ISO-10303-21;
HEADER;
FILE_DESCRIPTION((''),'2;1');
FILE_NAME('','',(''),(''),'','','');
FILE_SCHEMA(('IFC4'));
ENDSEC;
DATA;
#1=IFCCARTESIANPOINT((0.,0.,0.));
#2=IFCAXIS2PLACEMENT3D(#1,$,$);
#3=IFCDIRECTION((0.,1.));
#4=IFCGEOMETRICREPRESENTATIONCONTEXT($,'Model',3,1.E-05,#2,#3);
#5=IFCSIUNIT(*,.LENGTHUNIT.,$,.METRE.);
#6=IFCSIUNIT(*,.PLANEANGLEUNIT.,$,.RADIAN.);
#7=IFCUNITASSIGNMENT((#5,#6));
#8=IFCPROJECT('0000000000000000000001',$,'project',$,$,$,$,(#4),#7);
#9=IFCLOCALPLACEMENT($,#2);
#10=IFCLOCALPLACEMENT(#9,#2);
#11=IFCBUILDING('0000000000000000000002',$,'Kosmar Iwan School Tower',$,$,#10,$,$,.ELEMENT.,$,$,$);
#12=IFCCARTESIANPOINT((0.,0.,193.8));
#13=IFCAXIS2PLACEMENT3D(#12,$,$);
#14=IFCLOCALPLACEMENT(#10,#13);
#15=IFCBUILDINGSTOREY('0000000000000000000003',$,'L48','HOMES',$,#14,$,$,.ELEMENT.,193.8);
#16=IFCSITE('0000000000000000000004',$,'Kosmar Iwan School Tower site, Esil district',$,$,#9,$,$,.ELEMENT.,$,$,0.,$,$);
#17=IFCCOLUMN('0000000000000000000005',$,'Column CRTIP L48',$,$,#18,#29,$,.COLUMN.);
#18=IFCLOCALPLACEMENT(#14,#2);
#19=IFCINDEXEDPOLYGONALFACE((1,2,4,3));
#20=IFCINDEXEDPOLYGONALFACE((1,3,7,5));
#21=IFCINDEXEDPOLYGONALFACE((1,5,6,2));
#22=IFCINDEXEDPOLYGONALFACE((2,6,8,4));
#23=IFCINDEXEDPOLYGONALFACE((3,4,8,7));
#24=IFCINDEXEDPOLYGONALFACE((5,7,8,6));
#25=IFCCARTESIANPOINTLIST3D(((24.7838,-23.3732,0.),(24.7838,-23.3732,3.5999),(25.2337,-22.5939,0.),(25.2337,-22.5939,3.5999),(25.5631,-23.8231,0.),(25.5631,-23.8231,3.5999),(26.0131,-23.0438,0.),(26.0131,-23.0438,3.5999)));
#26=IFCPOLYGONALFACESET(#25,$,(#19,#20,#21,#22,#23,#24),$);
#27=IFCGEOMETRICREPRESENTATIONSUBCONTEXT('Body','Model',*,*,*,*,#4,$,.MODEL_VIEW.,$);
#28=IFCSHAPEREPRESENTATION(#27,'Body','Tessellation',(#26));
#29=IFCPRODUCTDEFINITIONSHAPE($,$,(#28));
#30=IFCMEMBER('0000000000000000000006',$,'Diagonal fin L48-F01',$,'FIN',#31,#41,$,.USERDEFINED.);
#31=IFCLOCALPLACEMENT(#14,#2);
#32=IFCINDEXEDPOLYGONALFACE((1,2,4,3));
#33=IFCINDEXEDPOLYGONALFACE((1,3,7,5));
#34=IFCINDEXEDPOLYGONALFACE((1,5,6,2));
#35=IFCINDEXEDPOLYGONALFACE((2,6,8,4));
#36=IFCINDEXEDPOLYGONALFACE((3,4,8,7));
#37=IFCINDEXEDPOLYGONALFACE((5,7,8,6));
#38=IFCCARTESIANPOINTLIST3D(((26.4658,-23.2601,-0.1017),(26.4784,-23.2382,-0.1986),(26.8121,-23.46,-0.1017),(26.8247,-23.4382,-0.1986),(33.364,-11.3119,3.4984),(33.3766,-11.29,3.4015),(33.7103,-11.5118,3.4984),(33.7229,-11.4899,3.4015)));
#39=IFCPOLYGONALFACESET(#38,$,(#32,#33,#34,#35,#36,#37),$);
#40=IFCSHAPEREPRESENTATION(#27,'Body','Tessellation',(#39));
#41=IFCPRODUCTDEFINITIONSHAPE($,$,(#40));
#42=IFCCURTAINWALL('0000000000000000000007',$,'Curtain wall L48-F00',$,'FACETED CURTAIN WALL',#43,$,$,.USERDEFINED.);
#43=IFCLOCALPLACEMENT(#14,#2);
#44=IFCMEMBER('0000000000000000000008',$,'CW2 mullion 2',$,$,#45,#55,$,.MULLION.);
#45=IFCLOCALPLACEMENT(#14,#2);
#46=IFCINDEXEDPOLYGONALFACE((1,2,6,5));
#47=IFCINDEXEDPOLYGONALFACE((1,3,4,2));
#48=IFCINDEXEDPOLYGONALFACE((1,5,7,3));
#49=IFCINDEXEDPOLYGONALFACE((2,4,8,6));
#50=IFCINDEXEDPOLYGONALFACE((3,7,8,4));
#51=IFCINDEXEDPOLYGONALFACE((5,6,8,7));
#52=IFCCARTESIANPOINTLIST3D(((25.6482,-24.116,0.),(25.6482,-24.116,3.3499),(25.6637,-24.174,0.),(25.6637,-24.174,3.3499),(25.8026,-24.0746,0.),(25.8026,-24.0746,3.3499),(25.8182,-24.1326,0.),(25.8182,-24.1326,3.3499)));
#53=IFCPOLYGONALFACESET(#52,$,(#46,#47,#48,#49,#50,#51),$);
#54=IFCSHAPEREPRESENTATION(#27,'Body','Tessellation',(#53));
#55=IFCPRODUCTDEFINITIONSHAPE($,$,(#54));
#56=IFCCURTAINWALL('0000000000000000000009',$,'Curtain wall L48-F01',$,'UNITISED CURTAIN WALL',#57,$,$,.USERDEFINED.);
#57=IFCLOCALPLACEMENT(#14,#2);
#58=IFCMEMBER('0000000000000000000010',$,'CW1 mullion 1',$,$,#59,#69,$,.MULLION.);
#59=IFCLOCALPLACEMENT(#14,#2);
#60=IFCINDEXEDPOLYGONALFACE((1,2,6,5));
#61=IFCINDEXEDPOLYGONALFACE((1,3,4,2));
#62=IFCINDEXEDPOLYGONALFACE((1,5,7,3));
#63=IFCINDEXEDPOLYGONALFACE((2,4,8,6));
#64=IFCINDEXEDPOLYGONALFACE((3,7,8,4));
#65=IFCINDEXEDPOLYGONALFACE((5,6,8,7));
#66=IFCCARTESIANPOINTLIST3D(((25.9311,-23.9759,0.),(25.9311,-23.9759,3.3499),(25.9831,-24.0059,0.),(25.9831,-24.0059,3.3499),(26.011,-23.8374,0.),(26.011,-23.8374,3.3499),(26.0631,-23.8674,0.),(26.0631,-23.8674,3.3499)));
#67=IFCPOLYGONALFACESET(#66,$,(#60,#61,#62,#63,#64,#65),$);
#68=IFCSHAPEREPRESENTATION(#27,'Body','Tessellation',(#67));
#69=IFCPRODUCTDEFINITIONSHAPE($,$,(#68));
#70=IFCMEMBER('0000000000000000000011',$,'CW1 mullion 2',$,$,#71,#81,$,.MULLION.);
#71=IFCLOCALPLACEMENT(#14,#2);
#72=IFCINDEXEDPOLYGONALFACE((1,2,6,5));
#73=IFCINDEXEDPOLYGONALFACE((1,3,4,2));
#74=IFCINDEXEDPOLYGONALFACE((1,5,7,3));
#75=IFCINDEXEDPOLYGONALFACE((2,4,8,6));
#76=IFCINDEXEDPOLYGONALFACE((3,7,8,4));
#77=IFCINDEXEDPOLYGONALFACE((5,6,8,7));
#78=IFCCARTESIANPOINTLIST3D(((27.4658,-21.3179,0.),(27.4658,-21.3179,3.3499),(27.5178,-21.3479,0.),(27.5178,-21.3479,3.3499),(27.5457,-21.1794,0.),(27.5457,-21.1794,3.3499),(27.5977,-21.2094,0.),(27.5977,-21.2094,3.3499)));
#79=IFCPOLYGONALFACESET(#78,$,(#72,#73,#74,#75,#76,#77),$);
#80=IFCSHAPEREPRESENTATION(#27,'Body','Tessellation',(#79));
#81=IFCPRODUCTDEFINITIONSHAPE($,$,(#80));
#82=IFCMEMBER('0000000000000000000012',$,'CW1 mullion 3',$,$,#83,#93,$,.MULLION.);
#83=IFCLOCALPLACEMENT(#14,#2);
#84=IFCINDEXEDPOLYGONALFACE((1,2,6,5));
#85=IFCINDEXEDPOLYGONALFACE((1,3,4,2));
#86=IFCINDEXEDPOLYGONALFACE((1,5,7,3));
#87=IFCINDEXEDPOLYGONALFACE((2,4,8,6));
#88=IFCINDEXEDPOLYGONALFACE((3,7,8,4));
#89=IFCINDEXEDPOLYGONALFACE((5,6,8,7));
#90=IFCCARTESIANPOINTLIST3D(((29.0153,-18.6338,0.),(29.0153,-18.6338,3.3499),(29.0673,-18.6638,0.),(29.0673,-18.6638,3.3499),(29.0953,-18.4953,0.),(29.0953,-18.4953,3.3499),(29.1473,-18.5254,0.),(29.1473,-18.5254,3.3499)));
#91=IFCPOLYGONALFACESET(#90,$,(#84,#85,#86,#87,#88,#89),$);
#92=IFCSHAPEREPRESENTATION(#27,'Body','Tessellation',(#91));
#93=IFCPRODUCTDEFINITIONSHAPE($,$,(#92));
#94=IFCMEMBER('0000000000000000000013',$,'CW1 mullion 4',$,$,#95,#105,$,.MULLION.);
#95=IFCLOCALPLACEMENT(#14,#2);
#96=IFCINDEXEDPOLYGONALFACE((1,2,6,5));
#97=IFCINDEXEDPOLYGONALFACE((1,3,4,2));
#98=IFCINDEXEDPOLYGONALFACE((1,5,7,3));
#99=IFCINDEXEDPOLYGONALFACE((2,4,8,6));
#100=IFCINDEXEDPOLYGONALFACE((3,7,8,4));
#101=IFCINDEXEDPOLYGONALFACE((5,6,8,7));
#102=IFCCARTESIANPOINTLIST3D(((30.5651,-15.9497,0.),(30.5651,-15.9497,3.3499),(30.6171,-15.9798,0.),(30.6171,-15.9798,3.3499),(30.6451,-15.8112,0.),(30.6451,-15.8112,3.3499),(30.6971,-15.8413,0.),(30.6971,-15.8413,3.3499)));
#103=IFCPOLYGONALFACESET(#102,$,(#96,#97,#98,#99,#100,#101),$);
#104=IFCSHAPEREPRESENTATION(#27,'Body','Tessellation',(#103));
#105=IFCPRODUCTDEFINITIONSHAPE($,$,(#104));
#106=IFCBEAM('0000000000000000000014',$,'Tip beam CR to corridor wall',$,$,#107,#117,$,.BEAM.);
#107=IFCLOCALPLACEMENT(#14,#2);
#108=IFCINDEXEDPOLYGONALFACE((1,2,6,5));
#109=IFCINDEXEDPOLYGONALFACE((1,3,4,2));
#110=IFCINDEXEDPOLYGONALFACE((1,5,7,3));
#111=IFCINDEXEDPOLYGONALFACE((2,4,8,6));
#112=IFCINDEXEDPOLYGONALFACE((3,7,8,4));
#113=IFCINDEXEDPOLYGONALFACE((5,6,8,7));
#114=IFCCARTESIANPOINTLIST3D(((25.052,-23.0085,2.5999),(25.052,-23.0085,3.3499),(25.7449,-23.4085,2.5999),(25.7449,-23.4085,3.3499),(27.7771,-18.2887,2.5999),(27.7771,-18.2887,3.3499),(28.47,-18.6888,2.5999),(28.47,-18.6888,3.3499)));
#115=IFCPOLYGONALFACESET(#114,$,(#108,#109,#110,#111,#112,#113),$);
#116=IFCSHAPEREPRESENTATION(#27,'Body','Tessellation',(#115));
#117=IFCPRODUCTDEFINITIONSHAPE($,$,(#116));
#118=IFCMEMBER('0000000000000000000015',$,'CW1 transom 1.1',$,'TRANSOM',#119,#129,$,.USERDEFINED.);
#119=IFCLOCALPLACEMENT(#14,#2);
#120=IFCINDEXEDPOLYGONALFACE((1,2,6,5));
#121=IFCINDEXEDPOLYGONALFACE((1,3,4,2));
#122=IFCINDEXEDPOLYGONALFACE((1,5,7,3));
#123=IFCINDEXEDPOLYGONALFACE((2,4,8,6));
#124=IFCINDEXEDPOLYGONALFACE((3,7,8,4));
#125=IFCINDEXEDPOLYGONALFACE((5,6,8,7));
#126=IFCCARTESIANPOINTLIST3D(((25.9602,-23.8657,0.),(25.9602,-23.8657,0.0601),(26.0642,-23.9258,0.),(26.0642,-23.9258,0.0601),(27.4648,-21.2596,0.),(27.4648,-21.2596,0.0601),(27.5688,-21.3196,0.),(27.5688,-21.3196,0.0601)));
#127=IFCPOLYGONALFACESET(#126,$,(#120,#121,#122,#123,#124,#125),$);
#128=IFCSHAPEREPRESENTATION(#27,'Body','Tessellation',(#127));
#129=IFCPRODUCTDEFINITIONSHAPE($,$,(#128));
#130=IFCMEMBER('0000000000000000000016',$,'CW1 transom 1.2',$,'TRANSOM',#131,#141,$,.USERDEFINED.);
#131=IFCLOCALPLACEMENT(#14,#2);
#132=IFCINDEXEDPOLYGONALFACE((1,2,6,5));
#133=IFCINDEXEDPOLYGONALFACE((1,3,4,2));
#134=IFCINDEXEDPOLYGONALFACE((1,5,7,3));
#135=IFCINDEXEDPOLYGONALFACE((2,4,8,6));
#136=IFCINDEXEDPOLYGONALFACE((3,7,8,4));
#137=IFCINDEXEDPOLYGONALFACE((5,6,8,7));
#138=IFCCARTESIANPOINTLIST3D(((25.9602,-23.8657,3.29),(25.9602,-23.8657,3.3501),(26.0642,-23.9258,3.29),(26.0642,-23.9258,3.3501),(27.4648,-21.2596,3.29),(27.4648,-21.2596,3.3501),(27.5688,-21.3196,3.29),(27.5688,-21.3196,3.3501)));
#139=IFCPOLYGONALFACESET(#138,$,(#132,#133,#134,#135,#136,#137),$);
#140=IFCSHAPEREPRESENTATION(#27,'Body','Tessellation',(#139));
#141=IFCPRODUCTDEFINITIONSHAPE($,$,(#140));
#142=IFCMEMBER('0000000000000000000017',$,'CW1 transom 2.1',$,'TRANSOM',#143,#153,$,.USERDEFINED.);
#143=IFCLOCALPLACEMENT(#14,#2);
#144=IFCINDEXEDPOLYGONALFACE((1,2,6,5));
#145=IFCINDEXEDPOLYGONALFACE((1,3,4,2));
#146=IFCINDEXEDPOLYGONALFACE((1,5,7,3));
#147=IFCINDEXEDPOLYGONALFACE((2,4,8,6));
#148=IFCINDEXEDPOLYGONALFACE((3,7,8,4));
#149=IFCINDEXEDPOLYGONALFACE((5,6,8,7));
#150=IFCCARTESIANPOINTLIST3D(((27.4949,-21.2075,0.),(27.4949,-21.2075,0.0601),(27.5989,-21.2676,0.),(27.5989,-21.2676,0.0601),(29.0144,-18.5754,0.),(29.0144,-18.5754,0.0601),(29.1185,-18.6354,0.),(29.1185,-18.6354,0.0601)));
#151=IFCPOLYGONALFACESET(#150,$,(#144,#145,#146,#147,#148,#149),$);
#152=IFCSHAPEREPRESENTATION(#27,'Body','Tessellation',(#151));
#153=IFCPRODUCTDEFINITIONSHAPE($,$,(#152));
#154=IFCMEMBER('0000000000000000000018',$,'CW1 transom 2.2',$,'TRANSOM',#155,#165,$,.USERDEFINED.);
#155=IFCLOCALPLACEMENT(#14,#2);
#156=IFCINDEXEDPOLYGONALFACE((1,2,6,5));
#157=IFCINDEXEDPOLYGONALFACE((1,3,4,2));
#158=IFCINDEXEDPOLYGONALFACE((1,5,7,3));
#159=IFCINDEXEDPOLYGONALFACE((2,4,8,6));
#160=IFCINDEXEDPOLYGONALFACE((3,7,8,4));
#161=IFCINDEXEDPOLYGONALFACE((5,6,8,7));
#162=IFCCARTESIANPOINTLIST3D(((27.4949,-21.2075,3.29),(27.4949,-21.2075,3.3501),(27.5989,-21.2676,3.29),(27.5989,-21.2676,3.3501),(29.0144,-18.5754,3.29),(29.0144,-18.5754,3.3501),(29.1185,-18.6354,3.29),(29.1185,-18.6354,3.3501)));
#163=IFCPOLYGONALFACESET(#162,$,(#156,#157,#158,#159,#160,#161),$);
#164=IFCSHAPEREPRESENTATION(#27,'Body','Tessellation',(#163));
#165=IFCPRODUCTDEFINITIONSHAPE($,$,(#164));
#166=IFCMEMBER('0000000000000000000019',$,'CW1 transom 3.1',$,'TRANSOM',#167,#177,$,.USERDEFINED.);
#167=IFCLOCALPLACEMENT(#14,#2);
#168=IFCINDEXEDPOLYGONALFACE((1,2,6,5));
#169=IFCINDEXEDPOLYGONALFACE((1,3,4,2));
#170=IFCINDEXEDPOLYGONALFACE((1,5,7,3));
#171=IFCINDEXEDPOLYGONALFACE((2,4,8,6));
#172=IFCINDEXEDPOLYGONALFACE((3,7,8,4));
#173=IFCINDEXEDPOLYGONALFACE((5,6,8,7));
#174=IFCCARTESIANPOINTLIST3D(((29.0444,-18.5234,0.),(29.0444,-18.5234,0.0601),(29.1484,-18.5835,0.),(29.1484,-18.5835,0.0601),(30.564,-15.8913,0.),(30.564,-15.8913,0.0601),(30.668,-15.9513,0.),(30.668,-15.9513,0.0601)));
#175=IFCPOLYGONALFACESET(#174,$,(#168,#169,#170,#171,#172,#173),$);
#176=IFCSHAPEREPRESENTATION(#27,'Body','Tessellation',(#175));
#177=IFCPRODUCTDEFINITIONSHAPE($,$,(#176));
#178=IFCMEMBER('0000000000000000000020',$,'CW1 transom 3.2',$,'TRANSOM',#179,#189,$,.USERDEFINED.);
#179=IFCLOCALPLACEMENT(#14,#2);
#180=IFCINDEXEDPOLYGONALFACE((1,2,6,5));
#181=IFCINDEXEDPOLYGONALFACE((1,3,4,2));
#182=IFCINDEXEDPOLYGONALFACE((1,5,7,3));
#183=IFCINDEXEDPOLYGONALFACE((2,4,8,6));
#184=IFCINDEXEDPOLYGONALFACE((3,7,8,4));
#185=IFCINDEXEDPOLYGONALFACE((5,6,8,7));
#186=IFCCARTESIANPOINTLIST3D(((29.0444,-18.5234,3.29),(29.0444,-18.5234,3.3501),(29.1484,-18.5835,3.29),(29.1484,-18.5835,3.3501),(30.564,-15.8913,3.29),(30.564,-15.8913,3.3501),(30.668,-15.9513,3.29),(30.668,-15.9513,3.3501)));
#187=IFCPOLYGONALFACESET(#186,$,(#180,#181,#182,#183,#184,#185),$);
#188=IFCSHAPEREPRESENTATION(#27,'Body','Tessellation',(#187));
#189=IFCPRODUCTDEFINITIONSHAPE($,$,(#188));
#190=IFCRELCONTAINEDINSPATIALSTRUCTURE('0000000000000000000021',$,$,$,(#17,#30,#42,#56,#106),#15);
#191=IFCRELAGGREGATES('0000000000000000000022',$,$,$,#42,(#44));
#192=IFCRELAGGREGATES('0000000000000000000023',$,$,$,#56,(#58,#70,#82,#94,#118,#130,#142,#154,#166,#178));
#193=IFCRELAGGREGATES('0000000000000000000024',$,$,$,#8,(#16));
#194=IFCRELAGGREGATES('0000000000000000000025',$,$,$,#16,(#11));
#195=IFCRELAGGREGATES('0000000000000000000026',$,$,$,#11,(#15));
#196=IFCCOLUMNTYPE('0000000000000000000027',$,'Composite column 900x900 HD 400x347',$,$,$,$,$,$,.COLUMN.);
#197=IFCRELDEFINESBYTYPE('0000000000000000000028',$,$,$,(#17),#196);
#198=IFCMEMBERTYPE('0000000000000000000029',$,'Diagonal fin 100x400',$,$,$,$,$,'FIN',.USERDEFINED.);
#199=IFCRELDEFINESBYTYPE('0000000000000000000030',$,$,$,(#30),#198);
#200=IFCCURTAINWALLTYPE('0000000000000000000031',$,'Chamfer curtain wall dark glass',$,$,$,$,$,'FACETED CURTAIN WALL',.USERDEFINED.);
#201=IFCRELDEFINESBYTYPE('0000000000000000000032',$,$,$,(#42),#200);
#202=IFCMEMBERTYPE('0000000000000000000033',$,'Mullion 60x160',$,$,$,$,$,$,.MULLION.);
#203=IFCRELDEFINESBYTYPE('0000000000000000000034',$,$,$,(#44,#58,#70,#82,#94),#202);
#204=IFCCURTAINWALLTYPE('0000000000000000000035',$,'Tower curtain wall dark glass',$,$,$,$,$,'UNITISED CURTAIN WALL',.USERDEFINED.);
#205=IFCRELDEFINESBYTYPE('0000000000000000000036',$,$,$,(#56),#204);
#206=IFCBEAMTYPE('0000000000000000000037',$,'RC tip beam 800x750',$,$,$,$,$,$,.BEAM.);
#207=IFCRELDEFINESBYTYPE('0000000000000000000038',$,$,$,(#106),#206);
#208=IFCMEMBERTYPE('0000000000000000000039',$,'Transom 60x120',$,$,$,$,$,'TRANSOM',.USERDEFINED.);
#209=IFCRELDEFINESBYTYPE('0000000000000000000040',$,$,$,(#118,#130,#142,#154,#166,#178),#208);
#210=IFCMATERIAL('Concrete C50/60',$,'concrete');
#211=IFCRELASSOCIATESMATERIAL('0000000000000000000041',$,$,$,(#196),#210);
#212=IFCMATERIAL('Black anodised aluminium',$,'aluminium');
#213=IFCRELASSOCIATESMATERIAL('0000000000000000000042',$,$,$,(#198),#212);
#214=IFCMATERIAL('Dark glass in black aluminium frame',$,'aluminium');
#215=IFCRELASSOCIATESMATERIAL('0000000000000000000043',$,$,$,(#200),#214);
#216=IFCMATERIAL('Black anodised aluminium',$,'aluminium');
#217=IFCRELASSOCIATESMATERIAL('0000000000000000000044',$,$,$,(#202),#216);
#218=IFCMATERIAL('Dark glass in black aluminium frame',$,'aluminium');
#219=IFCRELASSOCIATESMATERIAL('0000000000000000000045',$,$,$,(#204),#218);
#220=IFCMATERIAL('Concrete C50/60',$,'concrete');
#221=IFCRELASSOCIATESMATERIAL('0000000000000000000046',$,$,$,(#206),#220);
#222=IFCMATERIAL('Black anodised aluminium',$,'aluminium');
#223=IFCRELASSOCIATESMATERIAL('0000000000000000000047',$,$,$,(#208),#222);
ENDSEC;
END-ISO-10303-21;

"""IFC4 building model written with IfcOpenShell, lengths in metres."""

from ifc_helpers import new_model, si_unit, direction, frame, origin, origin_2d, place, context, subcontext, project, spatial, rectangle, extrude, material, material_profile, profile_set, type_object, element, aggregate, save


model = new_model("IFC4")

# Units and contexts
model_context = context("Model", 3, precision=1e-05, world=origin(), true_north=direction((0.0, 1.0)))
body_context = subcontext(model_context, "Body", "Model", "MODEL_VIEW")
ifc_project = project(units=[si_unit("LENGTHUNIT", "METRE"), si_unit("PLANEANGLEUNIT", "RADIAN")], contexts=[model_context])

# Site, building, storey
site_placement = place(None, origin())
site = spatial("IfcSite", under=ifc_project, at=site_placement, Name="Kosmar Iwan School Tower site, Esil district", CompositionType="ELEMENT", RefElevation=0.0)
building_placement = place(site_placement, origin())
building = spatial("IfcBuilding", under=site, at=building_placement, Name="Kosmar Iwan School Tower", CompositionType="ELEMENT")
storey_placement = place(building_placement, frame((0.0, 0.0, 193.8)))
storey = spatial("IfcBuildingStorey", under=building, at=storey_placement, Name="L48", Description="HOMES", CompositionType="ELEMENT", Elevation=193.8)

# Column
ifc_material_1 = material(Name="Concrete C50/60", Category="concrete")
ifc_material_profile_1 = material_profile(ifc_material_1, rectangle(XDim=0.8999, YDim=0.8999, at=origin_2d()), Name="RC 900x900 + HD 400x347")
ifc_profile_set_1 = profile_set([ifc_material_profile_1], Name="Concrete C50/60")
column_type = type_object("IfcColumnType", Name="Composite column 900x900 HD 400x347", PredefinedType="COLUMN", material=ifc_profile_set_1)
column_placement = place(storey_placement, frame((25.3984, -23.2085, 0.0), z_axis=(0.0, 0.0, 1.0), x_axis=(0.866025, -0.5, 0.0)))
element("IfcColumn", 1, at=column_placement, inside=storey, type_object=column_type, Name="Column CRTIP L48", PredefinedType="COLUMN", context=body_context, shape_type="SweptSolid", body=[
    extrude(rectangle(XDim=0.8999, YDim=0.8999, at=origin_2d()), origin(), (0.0, 0.0, 1.0), 3.5999),
])

# Member
ifc_material_2 = material(Name="Black anodised aluminium", Category="aluminium")
ifc_material_profile_2 = material_profile(ifc_material_2, rectangle(XDim=0.1001, YDim=0.3999, at=origin_2d()), Name="FIN 100x400")
ifc_profile_set_2 = profile_set([ifc_material_profile_2], Name="Black anodised aluminium")
member_type_1 = type_object("IfcMemberType", Name="Diagonal fin 100x400", ElementType="FIN", PredefinedType="USERDEFINED", material=ifc_profile_set_2)
member_1_placement = place(storey_placement, frame((26.6453, -23.3491, -0.1501), z_axis=(0.483793, 0.83797, 0.252487), x_axis=(-0.126242, -0.218661, 0.9676)))
element("IfcMember", 2, at=member_1_placement, inside=storey, type_object=member_type_1, Name="Diagonal fin L48-F01", ObjectType="FIN", PredefinedType="USERDEFINED", context=body_context, shape_type="SweptSolid", body=[
    extrude(rectangle(XDim=0.1001, YDim=0.3999, at=origin_2d()), origin(), (0.0, 0.0, 1.0), 14.2585),
])

# Curtain wall, member
ifc_material_3 = material(Name="Dark glass in black aluminium frame", Category="aluminium")
curtain_wall_type_1 = type_object("IfcCurtainWallType", Name="Chamfer curtain wall dark glass", ElementType="FACETED CURTAIN WALL", PredefinedType="USERDEFINED", material=ifc_material_3)
curtain_wall_1_placement = place(storey_placement, origin())
curtain_wall_1 = element("IfcCurtainWall", 3, at=curtain_wall_1_placement, inside=storey, type_object=curtain_wall_type_1, Name="Curtain wall L48-F00", ObjectType="FACETED CURTAIN WALL", PredefinedType="USERDEFINED")
ifc_material_4 = material(Name="Black anodised aluminium", Category="aluminium")
ifc_material_profile_3 = material_profile(ifc_material_4, rectangle(XDim=0.0601, YDim=0.1599, at=origin_2d()), Name="MULLION 60x160")
ifc_profile_set_3 = profile_set([ifc_material_profile_3], Name="Black anodised aluminium")
member_type_2 = type_object("IfcMemberType", Name="Mullion 60x160", PredefinedType="MULLION", material=ifc_profile_set_3)
member_2_placement = place(storey_placement, frame((25.7332, -24.1243, 0.0), z_axis=(0.0, 0.0, 1.0), x_axis=(-0.258819, 0.965926, 0.0)))
member_2 = element("IfcMember", 4, at=member_2_placement, type_object=member_type_2, Name="CW2 mullion 2", PredefinedType="MULLION", context=body_context, shape_type="SweptSolid", body=[
    extrude(rectangle(XDim=0.0601, YDim=0.1599, at=origin_2d()), origin(), (0.0, 0.0, 1.0), 3.3499),
])
aggregate(curtain_wall_1, [member_2])

# Curtain wall, members
ifc_material_5 = material(Name="Dark glass in black aluminium frame", Category="aluminium")
curtain_wall_type_2 = type_object("IfcCurtainWallType", Name="Tower curtain wall dark glass", ElementType="UNITISED CURTAIN WALL", PredefinedType="USERDEFINED", material=ifc_material_5)
curtain_wall_2_placement = place(storey_placement, origin())
curtain_wall_2 = element("IfcCurtainWall", 5, at=curtain_wall_2_placement, inside=storey, type_object=curtain_wall_type_2, Name="Curtain wall L48-F01", ObjectType="UNITISED CURTAIN WALL", PredefinedType="USERDEFINED")
member_3_placement = place(storey_placement, frame((25.9971, -23.9216, 0.0), z_axis=(0.0, 0.0, 1.0), x_axis=(-0.866025, 0.5, 0.0)))
member_3 = element("IfcMember", 6, at=member_3_placement, type_object=member_type_2, Name="CW1 mullion 1", PredefinedType="MULLION", context=body_context, shape_type="SweptSolid", body=[
    extrude(rectangle(XDim=0.0601, YDim=0.1599, at=origin_2d()), origin(), (0.0, 0.0, 1.0), 3.3499),
])
member_4_placement = place(storey_placement, frame((27.5317, -21.2637, 0.0), z_axis=(0.0, 0.0, 1.0), x_axis=(-0.866025, 0.5, 0.0)))
member_4 = element("IfcMember", 7, at=member_4_placement, type_object=member_type_2, Name="CW1 mullion 2", PredefinedType="MULLION", context=body_context, shape_type="SweptSolid", body=[
    extrude(rectangle(XDim=0.0601, YDim=0.1599, at=origin_2d()), origin(), (0.0, 0.0, 1.0), 3.3499),
])
member_5_placement = place(storey_placement, frame((29.0813, -18.5796, 0.0), z_axis=(0.0, 0.0, 1.0), x_axis=(-0.866025, 0.5, 0.0)))
member_5 = element("IfcMember", 8, at=member_5_placement, type_object=member_type_2, Name="CW1 mullion 3", PredefinedType="MULLION", context=body_context, shape_type="SweptSolid", body=[
    extrude(rectangle(XDim=0.0601, YDim=0.1599, at=origin_2d()), origin(), (0.0, 0.0, 1.0), 3.3499),
])
member_6_placement = place(storey_placement, frame((30.6311, -15.8955, 0.0), z_axis=(0.0, 0.0, 1.0), x_axis=(-0.866025, 0.5, 0.0)))
member_6 = element("IfcMember", 9, at=member_6_placement, type_object=member_type_2, Name="CW1 mullion 4", PredefinedType="MULLION", context=body_context, shape_type="SweptSolid", body=[
    extrude(rectangle(XDim=0.0601, YDim=0.1599, at=origin_2d()), origin(), (0.0, 0.0, 1.0), 3.3499),
])

# Beam
ifc_material_6 = material(Name="Concrete C50/60", Category="concrete")
ifc_material_profile_4 = material_profile(ifc_material_6, rectangle(XDim=0.8, YDim=0.75, at=origin_2d()), Name="RC 800x750")
ifc_profile_set_4 = profile_set([ifc_material_profile_4], Name="Concrete C50/60")
beam_type = type_object("IfcBeamType", Name="RC tip beam 800x750", PredefinedType="BEAM", material=ifc_profile_set_4)
beam_placement = place(storey_placement, frame((25.3984, -23.2085, 2.9749), z_axis=(0.500022, 0.866013, 0.0), x_axis=(-0.866013, 0.500022, 0.0)))
element("IfcBeam", 10, at=beam_placement, inside=storey, type_object=beam_type, Name="Tip beam CR to corridor wall", PredefinedType="BEAM", context=body_context, shape_type="SweptSolid", body=[
    extrude(rectangle(XDim=0.8, YDim=0.75, at=origin_2d()), origin(), (0.0, 0.0, 1.0), 5.45),
])

# Members
ifc_material_7 = material(Name="Black anodised aluminium", Category="aluminium")
ifc_material_profile_5 = material_profile(ifc_material_7, rectangle(XDim=0.1201, YDim=0.0601, at=origin_2d()), Name="TRANSOM 60x120")
ifc_profile_set_5 = profile_set([ifc_material_profile_5], Name="Black anodised aluminium")
member_type_3 = type_object("IfcMemberType", Name="Transom 60x120", ElementType="TRANSOM", PredefinedType="USERDEFINED", material=ifc_profile_set_5)
member_7_placement = place(storey_placement, frame((26.0122, -23.8958, 0.03), z_axis=(0.499987, 0.866033, 0.0), x_axis=(-0.866033, 0.499987, 0.0)))
member_7 = element("IfcMember", 11, at=member_7_placement, type_object=member_type_3, Name="CW1 transom 1.1", ObjectType="TRANSOM", PredefinedType="USERDEFINED", context=body_context, shape_type="SweptSolid", body=[
    extrude(rectangle(XDim=0.1201, YDim=0.0601, at=origin_2d()), origin(), (0.0, 0.0, 1.0), 3.0093),
])
member_8_placement = place(storey_placement, frame((26.0122, -23.8958, 3.3201), z_axis=(0.499987, 0.866033, 0.0), x_axis=(-0.866033, 0.499987, 0.0)))
member_8 = element("IfcMember", 12, at=member_8_placement, type_object=member_type_3, Name="CW1 transom 1.2", ObjectType="TRANSOM", PredefinedType="USERDEFINED", context=body_context, shape_type="SweptSolid", body=[
    extrude(rectangle(XDim=0.1201, YDim=0.0601, at=origin_2d()), origin(), (0.0, 0.0, 1.0), 3.0093),
])
member_9_placement = place(storey_placement, frame((27.5469, -21.2375, 0.03), z_axis=(0.499975, 0.86604, 0.0), x_axis=(-0.86604, 0.499975, 0.0)))
member_9 = element("IfcMember", 13, at=member_9_placement, type_object=member_type_3, Name="CW1 transom 2.1", ObjectType="TRANSOM", PredefinedType="USERDEFINED", context=body_context, shape_type="SweptSolid", body=[
    extrude(rectangle(XDim=0.1201, YDim=0.0601, at=origin_2d()), origin(), (0.0, 0.0, 1.0), 3.0393),
])
member_10_placement = place(storey_placement, frame((27.5469, -21.2375, 3.3201), z_axis=(0.499975, 0.86604, 0.0), x_axis=(-0.86604, 0.499975, 0.0)))
member_10 = element("IfcMember", 14, at=member_10_placement, type_object=member_type_3, Name="CW1 transom 2.2", ObjectType="TRANSOM", PredefinedType="USERDEFINED", context=body_context, shape_type="SweptSolid", body=[
    extrude(rectangle(XDim=0.1201, YDim=0.0601, at=origin_2d()), origin(), (0.0, 0.0, 1.0), 3.0393),
])
member_11_placement = place(storey_placement, frame((29.0964, -18.5535, 0.03), z_axis=(0.499975, 0.86604, 0.0), x_axis=(-0.86604, 0.499975, 0.0)))
member_11 = element("IfcMember", 15, at=member_11_placement, type_object=member_type_3, Name="CW1 transom 3.1", ObjectType="TRANSOM", PredefinedType="USERDEFINED", context=body_context, shape_type="SweptSolid", body=[
    extrude(rectangle(XDim=0.1201, YDim=0.0601, at=origin_2d()), origin(), (0.0, 0.0, 1.0), 3.0393),
])
member_12_placement = place(storey_placement, frame((29.0964, -18.5535, 3.3201), z_axis=(0.499975, 0.86604, 0.0), x_axis=(-0.86604, 0.499975, 0.0)))
member_12 = element("IfcMember", 16, at=member_12_placement, type_object=member_type_3, Name="CW1 transom 3.2", ObjectType="TRANSOM", PredefinedType="USERDEFINED", context=body_context, shape_type="SweptSolid", body=[
    extrude(rectangle(XDim=0.1201, YDim=0.0601, at=origin_2d()), origin(), (0.0, 0.0, 1.0), 3.0393),
])

aggregate(curtain_wall_2, [member_3, member_4, member_5, member_6, member_7, member_8, member_9, member_10, member_11, member_12])

save(model, "model.ifc")
